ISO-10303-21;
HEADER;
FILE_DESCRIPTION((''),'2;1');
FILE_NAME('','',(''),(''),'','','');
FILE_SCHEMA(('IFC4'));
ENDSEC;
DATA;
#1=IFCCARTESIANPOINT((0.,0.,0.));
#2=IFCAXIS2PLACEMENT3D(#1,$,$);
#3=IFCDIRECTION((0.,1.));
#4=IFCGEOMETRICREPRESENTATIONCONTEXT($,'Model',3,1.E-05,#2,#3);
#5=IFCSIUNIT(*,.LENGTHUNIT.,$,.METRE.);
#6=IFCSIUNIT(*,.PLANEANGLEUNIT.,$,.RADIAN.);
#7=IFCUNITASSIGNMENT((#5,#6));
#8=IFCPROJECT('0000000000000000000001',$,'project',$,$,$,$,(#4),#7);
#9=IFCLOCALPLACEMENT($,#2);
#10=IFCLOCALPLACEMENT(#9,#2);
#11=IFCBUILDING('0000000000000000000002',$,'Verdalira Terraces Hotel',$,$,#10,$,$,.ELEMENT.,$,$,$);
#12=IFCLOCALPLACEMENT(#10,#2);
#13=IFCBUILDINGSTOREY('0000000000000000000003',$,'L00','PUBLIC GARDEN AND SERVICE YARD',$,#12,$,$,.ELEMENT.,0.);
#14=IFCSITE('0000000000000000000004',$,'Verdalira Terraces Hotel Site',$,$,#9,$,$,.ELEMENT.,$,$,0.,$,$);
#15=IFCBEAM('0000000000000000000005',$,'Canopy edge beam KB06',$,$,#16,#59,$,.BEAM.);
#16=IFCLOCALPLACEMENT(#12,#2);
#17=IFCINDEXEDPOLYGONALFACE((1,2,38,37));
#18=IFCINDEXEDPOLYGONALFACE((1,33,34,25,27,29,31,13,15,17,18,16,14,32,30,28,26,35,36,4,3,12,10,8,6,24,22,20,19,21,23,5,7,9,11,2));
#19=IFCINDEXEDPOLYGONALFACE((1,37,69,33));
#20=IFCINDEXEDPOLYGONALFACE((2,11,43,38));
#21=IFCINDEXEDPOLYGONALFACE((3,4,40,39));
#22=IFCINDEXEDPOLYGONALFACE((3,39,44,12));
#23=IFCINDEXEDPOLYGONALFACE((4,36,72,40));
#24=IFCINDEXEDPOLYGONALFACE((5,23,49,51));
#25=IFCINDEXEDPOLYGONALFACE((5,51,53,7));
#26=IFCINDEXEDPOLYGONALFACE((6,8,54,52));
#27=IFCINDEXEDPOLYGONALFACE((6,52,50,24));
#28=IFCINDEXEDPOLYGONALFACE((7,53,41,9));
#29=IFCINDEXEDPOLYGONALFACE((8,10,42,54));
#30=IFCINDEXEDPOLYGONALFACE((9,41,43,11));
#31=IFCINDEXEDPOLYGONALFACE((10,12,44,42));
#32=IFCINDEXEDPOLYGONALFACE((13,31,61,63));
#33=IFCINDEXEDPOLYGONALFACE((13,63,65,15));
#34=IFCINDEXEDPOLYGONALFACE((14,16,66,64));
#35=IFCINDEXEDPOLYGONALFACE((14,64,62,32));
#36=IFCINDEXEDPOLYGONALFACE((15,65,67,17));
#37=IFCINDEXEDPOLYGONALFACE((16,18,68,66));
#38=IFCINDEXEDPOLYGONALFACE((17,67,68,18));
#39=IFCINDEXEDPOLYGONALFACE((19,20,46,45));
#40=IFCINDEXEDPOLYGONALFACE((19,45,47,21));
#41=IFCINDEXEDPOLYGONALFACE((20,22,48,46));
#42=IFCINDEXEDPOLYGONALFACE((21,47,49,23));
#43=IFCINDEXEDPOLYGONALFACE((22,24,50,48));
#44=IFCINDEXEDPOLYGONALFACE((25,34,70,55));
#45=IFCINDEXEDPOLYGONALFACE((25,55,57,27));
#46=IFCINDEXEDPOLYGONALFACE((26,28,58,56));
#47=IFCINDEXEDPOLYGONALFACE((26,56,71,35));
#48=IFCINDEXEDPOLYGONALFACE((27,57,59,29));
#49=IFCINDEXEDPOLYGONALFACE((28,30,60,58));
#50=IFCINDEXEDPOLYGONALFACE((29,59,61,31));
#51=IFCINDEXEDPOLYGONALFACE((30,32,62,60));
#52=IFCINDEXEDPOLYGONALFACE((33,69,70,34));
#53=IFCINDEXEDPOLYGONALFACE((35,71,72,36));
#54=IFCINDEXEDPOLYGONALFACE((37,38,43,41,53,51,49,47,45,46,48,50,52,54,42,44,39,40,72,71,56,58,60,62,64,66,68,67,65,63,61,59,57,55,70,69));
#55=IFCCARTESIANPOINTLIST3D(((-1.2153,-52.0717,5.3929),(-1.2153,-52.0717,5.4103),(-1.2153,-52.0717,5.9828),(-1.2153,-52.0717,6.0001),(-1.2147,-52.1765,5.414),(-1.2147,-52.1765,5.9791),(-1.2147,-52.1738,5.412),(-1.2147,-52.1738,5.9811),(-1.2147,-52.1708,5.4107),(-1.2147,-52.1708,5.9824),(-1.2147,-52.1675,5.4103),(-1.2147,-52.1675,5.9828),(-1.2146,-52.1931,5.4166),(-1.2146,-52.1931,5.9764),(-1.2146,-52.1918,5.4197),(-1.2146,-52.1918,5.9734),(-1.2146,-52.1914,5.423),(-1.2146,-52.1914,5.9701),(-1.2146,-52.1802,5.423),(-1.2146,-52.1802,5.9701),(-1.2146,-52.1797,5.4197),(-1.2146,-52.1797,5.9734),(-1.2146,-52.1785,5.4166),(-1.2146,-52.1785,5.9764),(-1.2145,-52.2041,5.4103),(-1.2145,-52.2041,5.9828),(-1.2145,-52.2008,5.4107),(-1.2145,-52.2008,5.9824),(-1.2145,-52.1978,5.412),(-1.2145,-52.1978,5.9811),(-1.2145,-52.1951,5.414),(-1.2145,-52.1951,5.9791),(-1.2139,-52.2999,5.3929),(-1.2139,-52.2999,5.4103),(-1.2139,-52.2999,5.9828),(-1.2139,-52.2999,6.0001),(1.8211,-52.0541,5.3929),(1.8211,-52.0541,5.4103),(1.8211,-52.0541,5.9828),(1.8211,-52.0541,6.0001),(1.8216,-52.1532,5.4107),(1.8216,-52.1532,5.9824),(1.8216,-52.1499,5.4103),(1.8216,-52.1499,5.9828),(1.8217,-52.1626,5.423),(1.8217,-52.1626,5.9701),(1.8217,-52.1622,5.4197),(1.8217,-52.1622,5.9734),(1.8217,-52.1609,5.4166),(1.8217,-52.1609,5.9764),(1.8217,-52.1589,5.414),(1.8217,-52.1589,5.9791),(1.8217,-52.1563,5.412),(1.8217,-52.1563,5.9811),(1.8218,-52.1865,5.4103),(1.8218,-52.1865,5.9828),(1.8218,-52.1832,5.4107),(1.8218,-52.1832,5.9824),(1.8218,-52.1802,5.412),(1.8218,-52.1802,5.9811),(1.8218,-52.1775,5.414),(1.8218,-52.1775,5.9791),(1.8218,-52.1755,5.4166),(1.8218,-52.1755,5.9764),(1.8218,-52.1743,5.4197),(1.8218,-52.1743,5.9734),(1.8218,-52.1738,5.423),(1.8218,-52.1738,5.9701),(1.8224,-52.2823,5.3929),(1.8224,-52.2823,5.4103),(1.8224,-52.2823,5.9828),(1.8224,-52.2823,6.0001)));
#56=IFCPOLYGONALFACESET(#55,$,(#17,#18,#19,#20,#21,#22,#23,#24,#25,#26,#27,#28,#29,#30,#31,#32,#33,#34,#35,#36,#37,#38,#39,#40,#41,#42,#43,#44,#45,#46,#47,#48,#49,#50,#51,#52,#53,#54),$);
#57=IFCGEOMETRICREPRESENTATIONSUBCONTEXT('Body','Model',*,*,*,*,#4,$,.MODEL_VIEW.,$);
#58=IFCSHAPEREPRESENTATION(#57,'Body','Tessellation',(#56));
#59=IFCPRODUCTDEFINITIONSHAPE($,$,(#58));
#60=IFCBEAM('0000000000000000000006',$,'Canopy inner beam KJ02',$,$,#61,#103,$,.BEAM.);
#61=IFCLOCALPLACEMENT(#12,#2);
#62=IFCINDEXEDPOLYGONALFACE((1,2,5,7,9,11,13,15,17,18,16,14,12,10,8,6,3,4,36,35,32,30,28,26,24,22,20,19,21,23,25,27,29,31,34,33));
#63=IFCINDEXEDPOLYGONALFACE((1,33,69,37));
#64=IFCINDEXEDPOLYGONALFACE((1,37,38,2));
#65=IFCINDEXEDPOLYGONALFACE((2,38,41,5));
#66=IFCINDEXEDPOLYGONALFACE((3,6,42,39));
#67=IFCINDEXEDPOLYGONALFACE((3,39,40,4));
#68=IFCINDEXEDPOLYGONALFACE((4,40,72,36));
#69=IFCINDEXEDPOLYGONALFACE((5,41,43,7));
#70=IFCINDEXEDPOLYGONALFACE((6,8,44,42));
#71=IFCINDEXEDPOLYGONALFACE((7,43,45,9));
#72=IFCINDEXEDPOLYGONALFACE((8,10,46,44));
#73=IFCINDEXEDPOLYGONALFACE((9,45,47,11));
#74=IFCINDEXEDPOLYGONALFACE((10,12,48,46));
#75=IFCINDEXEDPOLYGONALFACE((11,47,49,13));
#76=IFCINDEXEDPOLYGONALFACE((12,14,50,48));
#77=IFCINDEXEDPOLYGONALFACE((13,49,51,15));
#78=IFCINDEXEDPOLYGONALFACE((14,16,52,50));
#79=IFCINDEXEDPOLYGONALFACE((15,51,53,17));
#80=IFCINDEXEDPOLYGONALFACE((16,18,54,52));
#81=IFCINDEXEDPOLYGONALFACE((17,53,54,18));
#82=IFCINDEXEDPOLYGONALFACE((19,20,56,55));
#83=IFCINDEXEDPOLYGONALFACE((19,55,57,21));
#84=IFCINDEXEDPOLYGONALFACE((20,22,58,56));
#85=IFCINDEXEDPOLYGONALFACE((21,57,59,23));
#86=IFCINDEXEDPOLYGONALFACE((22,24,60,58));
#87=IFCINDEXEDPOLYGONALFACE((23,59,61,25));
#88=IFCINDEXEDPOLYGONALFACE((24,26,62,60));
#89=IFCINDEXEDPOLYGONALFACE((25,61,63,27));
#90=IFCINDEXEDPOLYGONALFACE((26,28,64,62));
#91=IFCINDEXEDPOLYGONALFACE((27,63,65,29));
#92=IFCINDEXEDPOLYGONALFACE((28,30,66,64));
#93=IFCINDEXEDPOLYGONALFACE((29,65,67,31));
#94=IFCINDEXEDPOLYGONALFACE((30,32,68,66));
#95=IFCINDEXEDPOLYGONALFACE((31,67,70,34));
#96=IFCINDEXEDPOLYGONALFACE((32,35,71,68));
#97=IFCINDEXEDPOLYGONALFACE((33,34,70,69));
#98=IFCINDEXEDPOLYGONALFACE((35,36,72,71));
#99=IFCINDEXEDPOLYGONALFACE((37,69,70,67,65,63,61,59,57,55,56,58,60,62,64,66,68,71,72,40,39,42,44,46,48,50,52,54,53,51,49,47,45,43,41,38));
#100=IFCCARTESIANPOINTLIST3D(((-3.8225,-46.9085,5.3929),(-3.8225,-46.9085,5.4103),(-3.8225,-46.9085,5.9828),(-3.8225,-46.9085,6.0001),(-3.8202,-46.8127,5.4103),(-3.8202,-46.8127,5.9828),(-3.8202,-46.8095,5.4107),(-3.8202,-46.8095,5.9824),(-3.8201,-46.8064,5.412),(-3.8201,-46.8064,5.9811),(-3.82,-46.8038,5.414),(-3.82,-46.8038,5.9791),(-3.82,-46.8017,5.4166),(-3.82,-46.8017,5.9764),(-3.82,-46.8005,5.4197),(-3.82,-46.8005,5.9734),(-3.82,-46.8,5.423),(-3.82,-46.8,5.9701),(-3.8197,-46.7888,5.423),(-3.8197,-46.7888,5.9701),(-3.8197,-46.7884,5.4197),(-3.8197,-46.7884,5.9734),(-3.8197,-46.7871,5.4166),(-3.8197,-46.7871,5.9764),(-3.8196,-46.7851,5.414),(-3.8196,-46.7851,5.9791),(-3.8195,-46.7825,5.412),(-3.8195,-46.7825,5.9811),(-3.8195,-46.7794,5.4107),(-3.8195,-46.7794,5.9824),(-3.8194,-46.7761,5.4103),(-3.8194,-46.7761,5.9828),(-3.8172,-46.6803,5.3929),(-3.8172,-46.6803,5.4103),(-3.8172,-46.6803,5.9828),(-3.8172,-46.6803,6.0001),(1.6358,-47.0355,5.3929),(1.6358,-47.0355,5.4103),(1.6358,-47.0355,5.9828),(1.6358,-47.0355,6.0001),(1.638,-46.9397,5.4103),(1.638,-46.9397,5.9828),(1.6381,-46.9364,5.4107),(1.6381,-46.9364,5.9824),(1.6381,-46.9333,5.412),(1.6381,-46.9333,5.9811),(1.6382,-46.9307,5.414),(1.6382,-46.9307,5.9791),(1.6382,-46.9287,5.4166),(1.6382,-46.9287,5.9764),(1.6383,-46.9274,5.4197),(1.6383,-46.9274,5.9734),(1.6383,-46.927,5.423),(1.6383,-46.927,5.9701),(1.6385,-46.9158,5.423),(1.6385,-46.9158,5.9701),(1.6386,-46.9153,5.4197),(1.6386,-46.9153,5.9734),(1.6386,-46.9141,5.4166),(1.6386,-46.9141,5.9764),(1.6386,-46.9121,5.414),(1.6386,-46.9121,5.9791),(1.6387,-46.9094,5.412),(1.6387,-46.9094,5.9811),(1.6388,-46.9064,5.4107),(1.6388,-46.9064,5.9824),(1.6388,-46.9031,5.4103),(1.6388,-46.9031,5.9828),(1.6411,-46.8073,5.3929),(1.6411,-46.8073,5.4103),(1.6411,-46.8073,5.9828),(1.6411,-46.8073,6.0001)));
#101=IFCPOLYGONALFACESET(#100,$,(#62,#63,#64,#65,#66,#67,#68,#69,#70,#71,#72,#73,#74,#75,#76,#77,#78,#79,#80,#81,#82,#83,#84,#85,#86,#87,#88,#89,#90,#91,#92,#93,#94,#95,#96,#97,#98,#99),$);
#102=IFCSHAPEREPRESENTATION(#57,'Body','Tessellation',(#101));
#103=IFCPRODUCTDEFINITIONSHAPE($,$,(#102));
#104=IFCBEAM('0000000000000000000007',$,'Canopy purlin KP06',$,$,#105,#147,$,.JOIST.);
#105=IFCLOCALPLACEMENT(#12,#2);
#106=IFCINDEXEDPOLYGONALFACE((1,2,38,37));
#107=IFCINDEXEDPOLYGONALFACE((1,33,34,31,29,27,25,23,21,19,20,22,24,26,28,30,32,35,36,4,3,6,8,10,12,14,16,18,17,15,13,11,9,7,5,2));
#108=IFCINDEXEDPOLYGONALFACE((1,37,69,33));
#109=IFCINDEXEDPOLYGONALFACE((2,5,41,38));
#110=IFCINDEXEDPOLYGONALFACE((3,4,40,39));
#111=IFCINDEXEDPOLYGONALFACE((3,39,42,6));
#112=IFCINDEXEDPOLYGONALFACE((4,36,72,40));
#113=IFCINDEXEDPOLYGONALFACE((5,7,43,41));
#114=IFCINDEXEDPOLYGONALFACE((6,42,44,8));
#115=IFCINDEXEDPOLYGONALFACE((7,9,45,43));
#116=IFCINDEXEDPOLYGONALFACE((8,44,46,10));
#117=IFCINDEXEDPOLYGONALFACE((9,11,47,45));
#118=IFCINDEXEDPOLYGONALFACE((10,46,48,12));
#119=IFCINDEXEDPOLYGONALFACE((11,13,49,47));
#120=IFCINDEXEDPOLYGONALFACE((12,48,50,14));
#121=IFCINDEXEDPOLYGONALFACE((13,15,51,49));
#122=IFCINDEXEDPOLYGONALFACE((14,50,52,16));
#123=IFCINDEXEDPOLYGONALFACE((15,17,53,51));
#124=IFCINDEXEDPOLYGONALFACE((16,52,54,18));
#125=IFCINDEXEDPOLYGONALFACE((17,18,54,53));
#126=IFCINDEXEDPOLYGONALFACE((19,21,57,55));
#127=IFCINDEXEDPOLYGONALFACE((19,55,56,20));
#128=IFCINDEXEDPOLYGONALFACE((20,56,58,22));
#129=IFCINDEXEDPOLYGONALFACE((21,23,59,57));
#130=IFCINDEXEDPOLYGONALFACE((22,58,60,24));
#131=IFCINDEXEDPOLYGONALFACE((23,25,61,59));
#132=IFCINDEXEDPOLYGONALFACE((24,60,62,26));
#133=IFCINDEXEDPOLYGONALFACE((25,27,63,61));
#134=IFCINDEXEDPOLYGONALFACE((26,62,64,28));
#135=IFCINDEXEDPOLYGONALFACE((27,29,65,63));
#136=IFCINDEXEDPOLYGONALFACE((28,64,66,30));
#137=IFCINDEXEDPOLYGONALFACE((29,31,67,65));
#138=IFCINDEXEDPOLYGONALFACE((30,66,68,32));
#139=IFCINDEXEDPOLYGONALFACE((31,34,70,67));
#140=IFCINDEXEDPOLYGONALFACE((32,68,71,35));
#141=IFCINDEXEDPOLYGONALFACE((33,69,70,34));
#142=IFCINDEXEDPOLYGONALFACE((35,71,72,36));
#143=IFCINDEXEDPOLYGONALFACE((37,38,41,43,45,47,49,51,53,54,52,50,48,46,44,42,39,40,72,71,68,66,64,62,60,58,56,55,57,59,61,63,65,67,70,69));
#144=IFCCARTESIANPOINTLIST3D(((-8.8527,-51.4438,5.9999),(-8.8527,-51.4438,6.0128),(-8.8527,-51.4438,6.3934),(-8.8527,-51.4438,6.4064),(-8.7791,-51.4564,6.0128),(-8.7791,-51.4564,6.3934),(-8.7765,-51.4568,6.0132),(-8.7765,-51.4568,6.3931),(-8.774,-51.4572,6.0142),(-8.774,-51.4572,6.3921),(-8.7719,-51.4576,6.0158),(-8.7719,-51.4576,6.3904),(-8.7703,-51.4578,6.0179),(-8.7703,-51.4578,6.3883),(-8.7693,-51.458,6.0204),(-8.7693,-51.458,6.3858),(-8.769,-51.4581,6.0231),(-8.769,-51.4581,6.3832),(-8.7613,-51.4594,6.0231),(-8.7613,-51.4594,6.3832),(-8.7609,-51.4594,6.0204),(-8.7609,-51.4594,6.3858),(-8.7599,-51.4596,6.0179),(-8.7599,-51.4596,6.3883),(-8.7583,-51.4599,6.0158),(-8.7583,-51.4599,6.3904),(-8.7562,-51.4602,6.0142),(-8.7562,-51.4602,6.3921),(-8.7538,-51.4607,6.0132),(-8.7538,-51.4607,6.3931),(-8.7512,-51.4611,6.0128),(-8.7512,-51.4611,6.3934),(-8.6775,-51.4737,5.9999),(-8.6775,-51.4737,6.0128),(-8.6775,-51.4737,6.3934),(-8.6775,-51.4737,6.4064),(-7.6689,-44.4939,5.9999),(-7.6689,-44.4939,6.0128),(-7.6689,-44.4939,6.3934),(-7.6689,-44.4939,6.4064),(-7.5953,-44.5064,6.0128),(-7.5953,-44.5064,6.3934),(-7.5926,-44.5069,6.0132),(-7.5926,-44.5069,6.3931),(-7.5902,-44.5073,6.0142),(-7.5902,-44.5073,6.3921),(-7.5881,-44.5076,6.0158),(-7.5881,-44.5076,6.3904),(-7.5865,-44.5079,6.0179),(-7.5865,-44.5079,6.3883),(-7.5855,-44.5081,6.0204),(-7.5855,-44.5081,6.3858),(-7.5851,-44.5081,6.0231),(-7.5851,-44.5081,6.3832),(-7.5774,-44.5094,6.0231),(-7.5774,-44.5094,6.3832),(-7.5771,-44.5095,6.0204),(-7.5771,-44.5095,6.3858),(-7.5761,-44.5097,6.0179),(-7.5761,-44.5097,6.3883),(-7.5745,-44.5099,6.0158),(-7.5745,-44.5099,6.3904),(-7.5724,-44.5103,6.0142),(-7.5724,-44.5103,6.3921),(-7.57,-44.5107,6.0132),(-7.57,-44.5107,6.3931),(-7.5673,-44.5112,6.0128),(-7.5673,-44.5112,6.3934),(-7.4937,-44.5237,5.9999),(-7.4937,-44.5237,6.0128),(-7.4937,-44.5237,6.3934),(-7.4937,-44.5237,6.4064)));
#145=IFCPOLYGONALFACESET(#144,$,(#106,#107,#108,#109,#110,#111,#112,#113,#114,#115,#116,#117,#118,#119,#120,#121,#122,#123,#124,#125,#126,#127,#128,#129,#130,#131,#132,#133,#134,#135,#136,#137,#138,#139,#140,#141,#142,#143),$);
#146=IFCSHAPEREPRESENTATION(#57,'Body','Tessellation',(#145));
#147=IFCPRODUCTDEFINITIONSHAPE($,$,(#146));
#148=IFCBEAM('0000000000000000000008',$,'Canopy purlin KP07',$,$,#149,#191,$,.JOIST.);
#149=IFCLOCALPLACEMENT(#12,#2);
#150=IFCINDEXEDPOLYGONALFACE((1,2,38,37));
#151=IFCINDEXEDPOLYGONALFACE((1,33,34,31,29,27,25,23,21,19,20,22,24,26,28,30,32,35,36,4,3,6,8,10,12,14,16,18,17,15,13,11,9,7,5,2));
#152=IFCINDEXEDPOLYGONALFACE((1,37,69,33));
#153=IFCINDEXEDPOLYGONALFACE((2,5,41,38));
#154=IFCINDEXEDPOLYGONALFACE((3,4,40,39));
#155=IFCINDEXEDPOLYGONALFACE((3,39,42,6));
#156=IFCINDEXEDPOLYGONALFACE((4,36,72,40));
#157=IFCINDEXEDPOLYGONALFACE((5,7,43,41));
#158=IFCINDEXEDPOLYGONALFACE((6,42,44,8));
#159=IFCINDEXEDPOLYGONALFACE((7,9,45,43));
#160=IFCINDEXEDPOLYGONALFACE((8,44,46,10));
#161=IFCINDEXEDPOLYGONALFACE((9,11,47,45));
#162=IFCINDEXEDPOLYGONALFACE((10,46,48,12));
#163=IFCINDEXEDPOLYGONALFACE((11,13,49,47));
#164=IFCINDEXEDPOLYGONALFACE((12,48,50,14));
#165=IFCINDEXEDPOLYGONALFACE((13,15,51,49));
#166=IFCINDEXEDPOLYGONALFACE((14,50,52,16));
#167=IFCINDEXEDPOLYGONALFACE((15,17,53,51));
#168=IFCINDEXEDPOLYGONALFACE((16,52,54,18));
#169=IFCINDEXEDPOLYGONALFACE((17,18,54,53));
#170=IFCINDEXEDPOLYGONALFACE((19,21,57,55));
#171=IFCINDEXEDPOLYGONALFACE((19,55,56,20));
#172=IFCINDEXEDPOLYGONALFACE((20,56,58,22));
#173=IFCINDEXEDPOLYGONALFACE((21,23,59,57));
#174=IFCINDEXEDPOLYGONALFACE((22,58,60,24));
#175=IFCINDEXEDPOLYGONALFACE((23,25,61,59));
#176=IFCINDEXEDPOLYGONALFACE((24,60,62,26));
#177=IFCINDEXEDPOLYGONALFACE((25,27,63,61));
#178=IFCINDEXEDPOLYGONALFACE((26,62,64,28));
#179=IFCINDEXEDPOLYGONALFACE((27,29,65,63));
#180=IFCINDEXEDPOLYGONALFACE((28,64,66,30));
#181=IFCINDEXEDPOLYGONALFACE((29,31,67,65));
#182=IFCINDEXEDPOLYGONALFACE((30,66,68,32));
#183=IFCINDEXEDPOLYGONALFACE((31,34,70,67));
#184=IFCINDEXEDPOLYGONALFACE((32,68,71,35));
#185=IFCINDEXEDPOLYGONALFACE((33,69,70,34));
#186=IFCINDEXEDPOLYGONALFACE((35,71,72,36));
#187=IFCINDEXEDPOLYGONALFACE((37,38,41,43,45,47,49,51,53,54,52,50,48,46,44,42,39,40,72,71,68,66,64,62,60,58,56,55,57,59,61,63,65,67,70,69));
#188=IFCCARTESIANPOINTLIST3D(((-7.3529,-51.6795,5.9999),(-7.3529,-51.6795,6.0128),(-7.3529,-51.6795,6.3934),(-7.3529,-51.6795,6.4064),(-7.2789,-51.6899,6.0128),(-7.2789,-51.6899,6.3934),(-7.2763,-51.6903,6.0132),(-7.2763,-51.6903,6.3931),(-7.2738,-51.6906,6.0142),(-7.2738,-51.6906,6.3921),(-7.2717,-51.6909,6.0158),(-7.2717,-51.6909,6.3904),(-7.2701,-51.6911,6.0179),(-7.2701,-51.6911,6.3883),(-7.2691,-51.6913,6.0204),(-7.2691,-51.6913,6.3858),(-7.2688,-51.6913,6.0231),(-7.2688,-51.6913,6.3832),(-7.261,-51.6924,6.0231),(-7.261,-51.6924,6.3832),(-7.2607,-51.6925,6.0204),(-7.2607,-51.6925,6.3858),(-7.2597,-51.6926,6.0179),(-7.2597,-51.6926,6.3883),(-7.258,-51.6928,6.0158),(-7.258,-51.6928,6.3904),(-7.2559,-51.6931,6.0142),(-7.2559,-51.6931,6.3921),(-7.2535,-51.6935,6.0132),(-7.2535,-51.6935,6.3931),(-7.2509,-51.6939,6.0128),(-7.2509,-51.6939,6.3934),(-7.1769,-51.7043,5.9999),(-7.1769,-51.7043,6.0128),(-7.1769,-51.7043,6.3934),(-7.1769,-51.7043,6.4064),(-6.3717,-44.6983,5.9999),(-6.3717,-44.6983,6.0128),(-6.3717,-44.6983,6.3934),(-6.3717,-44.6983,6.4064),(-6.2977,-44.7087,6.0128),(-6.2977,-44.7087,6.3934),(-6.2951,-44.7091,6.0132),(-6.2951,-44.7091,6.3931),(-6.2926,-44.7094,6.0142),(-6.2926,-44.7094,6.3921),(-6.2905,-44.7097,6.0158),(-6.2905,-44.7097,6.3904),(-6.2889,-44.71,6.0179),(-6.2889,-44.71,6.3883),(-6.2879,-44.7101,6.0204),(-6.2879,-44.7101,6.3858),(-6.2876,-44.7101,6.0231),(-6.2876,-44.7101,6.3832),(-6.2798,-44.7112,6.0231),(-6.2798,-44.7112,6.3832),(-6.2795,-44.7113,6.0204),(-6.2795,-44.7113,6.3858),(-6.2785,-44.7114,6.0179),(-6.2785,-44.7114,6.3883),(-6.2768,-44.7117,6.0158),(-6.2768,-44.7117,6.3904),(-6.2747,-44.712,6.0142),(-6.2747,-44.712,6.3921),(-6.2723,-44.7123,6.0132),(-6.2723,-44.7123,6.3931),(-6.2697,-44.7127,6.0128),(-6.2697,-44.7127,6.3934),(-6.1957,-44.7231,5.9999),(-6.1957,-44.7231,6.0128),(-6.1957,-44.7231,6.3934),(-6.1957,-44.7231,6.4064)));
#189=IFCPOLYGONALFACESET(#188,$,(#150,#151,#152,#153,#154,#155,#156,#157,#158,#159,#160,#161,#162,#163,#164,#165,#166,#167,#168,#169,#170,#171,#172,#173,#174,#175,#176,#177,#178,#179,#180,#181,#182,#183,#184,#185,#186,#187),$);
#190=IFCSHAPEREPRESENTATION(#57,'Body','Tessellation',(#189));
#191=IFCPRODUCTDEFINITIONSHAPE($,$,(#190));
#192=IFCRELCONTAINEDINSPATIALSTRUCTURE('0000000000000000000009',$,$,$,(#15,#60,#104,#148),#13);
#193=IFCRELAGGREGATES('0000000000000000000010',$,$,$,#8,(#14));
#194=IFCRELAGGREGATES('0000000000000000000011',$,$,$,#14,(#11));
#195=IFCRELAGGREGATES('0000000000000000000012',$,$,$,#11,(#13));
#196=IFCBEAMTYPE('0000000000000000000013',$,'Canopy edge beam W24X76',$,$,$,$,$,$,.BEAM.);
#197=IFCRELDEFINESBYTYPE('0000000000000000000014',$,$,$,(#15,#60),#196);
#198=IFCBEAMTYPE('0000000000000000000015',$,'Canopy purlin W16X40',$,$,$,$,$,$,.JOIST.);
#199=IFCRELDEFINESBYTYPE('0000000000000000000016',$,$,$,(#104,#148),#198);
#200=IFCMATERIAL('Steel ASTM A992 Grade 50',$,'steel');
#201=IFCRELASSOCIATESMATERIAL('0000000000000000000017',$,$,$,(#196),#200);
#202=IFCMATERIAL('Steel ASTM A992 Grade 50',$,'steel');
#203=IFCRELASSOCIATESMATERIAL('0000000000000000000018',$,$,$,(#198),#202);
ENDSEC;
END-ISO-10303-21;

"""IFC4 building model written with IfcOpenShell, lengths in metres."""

from ifc_helpers import new_model, si_unit, direction, frame, origin, origin_2d, place, context, subcontext, project, spatial, i_section, extrude, material, material_profile, profile_set, type_object, element, save


model = new_model("IFC4")

# Units and contexts
model_context = context("Model", 3, precision=1e-05, world=origin(), true_north=direction((0.0, 1.0)))
body_context = subcontext(model_context, "Body", "Model", "MODEL_VIEW")
ifc_project = project(units=[si_unit("LENGTHUNIT", "METRE"), si_unit("PLANEANGLEUNIT", "RADIAN")], contexts=[model_context])

# Site, building, storey
site_placement = place(None, origin())
site = spatial("IfcSite", under=ifc_project, at=site_placement, Name="Verdalira Terraces Hotel Site", CompositionType="ELEMENT", RefElevation=0.0)
building_placement = place(site_placement, origin())
building = spatial("IfcBuilding", under=site, at=building_placement, Name="Verdalira Terraces Hotel", CompositionType="ELEMENT")
storey_placement = place(building_placement, origin())
storey = spatial("IfcBuildingStorey", under=building, at=storey_placement, Name="L00", Description="PUBLIC GARDEN AND SERVICE YARD", CompositionType="ELEMENT", Elevation=0.0)

# Beams
ifc_material_1 = material(Name="Steel ASTM A992 Grade 50", Category="steel")
ifc_material_profile_1 = material_profile(ifc_material_1, i_section(OverallWidth=0.2283, OverallDepth=0.6072, WebThickness=0.0112, FlangeThickness=0.0173, FilletRadius=0.0127, at=origin_2d()), Name="W24X76")
ifc_profile_set_1 = profile_set([ifc_material_profile_1], Name="Steel ASTM A992 Grade 50")
beam_type_1 = type_object("IfcBeamType", Name="Canopy edge beam W24X76", PredefinedType="BEAM", material=ifc_profile_set_1)
for number, where, z_axis, x_axis, name in (
    (1, (-1.2146, -52.1858, 5.6965), (0.999983, 0.005789, 0.0), (-0.005789, 0.999983, 0.0), "Canopy edge beam KB06"),
):
    element("IfcBeam", number, at=place(storey_placement, frame(where, z_axis=z_axis, x_axis=x_axis)), inside=storey, type_object=beam_type_1, Name=name, PredefinedType="BEAM", context=body_context, shape_type="SweptSolid", body=[
        extrude(i_section(OverallWidth=0.2283, OverallDepth=0.6072, WebThickness=0.0112, FlangeThickness=0.0173, FilletRadius=0.0127, at=origin_2d()), origin(), (0.0, 0.0, 1.0), 3.0364),
    ])
beam_1_placement = place(storey_placement, frame((-3.8198, -46.7944, 5.6965), z_axis=(0.99973, -0.023253, 0.0), x_axis=(0.023253, 0.99973, 0.0)))
element("IfcBeam", 2, at=beam_1_placement, inside=storey, type_object=beam_type_1, Name="Canopy inner beam KJ02", PredefinedType="BEAM", context=body_context, shape_type="SweptSolid", body=[
    extrude(i_section(OverallWidth=0.2283, OverallDepth=0.6072, WebThickness=0.0112, FlangeThickness=0.0173, FilletRadius=0.0127, at=origin_2d()), origin(), (0.0, 0.0, 1.0), 5.4597),
])
ifc_material_2 = material(Name="Steel ASTM A992 Grade 50", Category="steel")
ifc_material_profile_2 = material_profile(ifc_material_2, i_section(OverallWidth=0.1777, OverallDepth=0.4065, WebThickness=0.0078, FlangeThickness=0.0129, FilletRadius=0.0103, at=origin_2d()), Name="W16X40")
ifc_profile_set_2 = profile_set([ifc_material_profile_2], Name="Steel ASTM A992 Grade 50")
beam_type_2 = type_object("IfcBeamType", Name="Canopy purlin W16X40", PredefinedType="JOIST", material=ifc_profile_set_2)
beam_2_placement = place(storey_placement, frame((-7.5813, -44.5088, 6.2031), z_axis=(-0.167919, -0.985801, 0.0), x_axis=(0.985801, -0.167919, 0.0)))
element("IfcBeam", 3, at=beam_2_placement, inside=storey, type_object=beam_type_2, Name="Canopy purlin KP06", PredefinedType="JOIST", context=body_context, shape_type="SweptSolid", body=[
    extrude(i_section(OverallWidth=0.1777, OverallDepth=0.4065, WebThickness=0.0078, FlangeThickness=0.0129, FilletRadius=0.0103, at=origin_2d()), origin(), (0.0, 0.0, 1.0), 7.05),
])
for number, where, z_axis, x_axis, name in (
    (4, (-6.2837, -44.7107, 6.2031), (-0.139181, -0.990267, 0.0), (0.990267, -0.139181, 0.0), "Canopy purlin KP07"),
):
    element("IfcBeam", number, at=place(storey_placement, frame(where, z_axis=z_axis, x_axis=x_axis)), inside=storey, type_object=beam_type_2, Name=name, PredefinedType="JOIST", context=body_context, shape_type="SweptSolid", body=[
        extrude(i_section(OverallWidth=0.1777, OverallDepth=0.4065, WebThickness=0.0078, FlangeThickness=0.0129, FilletRadius=0.0103, at=origin_2d()), origin(), (0.0, 0.0, 1.0), 7.0498),
    ])

save(model, "model.ifc")
